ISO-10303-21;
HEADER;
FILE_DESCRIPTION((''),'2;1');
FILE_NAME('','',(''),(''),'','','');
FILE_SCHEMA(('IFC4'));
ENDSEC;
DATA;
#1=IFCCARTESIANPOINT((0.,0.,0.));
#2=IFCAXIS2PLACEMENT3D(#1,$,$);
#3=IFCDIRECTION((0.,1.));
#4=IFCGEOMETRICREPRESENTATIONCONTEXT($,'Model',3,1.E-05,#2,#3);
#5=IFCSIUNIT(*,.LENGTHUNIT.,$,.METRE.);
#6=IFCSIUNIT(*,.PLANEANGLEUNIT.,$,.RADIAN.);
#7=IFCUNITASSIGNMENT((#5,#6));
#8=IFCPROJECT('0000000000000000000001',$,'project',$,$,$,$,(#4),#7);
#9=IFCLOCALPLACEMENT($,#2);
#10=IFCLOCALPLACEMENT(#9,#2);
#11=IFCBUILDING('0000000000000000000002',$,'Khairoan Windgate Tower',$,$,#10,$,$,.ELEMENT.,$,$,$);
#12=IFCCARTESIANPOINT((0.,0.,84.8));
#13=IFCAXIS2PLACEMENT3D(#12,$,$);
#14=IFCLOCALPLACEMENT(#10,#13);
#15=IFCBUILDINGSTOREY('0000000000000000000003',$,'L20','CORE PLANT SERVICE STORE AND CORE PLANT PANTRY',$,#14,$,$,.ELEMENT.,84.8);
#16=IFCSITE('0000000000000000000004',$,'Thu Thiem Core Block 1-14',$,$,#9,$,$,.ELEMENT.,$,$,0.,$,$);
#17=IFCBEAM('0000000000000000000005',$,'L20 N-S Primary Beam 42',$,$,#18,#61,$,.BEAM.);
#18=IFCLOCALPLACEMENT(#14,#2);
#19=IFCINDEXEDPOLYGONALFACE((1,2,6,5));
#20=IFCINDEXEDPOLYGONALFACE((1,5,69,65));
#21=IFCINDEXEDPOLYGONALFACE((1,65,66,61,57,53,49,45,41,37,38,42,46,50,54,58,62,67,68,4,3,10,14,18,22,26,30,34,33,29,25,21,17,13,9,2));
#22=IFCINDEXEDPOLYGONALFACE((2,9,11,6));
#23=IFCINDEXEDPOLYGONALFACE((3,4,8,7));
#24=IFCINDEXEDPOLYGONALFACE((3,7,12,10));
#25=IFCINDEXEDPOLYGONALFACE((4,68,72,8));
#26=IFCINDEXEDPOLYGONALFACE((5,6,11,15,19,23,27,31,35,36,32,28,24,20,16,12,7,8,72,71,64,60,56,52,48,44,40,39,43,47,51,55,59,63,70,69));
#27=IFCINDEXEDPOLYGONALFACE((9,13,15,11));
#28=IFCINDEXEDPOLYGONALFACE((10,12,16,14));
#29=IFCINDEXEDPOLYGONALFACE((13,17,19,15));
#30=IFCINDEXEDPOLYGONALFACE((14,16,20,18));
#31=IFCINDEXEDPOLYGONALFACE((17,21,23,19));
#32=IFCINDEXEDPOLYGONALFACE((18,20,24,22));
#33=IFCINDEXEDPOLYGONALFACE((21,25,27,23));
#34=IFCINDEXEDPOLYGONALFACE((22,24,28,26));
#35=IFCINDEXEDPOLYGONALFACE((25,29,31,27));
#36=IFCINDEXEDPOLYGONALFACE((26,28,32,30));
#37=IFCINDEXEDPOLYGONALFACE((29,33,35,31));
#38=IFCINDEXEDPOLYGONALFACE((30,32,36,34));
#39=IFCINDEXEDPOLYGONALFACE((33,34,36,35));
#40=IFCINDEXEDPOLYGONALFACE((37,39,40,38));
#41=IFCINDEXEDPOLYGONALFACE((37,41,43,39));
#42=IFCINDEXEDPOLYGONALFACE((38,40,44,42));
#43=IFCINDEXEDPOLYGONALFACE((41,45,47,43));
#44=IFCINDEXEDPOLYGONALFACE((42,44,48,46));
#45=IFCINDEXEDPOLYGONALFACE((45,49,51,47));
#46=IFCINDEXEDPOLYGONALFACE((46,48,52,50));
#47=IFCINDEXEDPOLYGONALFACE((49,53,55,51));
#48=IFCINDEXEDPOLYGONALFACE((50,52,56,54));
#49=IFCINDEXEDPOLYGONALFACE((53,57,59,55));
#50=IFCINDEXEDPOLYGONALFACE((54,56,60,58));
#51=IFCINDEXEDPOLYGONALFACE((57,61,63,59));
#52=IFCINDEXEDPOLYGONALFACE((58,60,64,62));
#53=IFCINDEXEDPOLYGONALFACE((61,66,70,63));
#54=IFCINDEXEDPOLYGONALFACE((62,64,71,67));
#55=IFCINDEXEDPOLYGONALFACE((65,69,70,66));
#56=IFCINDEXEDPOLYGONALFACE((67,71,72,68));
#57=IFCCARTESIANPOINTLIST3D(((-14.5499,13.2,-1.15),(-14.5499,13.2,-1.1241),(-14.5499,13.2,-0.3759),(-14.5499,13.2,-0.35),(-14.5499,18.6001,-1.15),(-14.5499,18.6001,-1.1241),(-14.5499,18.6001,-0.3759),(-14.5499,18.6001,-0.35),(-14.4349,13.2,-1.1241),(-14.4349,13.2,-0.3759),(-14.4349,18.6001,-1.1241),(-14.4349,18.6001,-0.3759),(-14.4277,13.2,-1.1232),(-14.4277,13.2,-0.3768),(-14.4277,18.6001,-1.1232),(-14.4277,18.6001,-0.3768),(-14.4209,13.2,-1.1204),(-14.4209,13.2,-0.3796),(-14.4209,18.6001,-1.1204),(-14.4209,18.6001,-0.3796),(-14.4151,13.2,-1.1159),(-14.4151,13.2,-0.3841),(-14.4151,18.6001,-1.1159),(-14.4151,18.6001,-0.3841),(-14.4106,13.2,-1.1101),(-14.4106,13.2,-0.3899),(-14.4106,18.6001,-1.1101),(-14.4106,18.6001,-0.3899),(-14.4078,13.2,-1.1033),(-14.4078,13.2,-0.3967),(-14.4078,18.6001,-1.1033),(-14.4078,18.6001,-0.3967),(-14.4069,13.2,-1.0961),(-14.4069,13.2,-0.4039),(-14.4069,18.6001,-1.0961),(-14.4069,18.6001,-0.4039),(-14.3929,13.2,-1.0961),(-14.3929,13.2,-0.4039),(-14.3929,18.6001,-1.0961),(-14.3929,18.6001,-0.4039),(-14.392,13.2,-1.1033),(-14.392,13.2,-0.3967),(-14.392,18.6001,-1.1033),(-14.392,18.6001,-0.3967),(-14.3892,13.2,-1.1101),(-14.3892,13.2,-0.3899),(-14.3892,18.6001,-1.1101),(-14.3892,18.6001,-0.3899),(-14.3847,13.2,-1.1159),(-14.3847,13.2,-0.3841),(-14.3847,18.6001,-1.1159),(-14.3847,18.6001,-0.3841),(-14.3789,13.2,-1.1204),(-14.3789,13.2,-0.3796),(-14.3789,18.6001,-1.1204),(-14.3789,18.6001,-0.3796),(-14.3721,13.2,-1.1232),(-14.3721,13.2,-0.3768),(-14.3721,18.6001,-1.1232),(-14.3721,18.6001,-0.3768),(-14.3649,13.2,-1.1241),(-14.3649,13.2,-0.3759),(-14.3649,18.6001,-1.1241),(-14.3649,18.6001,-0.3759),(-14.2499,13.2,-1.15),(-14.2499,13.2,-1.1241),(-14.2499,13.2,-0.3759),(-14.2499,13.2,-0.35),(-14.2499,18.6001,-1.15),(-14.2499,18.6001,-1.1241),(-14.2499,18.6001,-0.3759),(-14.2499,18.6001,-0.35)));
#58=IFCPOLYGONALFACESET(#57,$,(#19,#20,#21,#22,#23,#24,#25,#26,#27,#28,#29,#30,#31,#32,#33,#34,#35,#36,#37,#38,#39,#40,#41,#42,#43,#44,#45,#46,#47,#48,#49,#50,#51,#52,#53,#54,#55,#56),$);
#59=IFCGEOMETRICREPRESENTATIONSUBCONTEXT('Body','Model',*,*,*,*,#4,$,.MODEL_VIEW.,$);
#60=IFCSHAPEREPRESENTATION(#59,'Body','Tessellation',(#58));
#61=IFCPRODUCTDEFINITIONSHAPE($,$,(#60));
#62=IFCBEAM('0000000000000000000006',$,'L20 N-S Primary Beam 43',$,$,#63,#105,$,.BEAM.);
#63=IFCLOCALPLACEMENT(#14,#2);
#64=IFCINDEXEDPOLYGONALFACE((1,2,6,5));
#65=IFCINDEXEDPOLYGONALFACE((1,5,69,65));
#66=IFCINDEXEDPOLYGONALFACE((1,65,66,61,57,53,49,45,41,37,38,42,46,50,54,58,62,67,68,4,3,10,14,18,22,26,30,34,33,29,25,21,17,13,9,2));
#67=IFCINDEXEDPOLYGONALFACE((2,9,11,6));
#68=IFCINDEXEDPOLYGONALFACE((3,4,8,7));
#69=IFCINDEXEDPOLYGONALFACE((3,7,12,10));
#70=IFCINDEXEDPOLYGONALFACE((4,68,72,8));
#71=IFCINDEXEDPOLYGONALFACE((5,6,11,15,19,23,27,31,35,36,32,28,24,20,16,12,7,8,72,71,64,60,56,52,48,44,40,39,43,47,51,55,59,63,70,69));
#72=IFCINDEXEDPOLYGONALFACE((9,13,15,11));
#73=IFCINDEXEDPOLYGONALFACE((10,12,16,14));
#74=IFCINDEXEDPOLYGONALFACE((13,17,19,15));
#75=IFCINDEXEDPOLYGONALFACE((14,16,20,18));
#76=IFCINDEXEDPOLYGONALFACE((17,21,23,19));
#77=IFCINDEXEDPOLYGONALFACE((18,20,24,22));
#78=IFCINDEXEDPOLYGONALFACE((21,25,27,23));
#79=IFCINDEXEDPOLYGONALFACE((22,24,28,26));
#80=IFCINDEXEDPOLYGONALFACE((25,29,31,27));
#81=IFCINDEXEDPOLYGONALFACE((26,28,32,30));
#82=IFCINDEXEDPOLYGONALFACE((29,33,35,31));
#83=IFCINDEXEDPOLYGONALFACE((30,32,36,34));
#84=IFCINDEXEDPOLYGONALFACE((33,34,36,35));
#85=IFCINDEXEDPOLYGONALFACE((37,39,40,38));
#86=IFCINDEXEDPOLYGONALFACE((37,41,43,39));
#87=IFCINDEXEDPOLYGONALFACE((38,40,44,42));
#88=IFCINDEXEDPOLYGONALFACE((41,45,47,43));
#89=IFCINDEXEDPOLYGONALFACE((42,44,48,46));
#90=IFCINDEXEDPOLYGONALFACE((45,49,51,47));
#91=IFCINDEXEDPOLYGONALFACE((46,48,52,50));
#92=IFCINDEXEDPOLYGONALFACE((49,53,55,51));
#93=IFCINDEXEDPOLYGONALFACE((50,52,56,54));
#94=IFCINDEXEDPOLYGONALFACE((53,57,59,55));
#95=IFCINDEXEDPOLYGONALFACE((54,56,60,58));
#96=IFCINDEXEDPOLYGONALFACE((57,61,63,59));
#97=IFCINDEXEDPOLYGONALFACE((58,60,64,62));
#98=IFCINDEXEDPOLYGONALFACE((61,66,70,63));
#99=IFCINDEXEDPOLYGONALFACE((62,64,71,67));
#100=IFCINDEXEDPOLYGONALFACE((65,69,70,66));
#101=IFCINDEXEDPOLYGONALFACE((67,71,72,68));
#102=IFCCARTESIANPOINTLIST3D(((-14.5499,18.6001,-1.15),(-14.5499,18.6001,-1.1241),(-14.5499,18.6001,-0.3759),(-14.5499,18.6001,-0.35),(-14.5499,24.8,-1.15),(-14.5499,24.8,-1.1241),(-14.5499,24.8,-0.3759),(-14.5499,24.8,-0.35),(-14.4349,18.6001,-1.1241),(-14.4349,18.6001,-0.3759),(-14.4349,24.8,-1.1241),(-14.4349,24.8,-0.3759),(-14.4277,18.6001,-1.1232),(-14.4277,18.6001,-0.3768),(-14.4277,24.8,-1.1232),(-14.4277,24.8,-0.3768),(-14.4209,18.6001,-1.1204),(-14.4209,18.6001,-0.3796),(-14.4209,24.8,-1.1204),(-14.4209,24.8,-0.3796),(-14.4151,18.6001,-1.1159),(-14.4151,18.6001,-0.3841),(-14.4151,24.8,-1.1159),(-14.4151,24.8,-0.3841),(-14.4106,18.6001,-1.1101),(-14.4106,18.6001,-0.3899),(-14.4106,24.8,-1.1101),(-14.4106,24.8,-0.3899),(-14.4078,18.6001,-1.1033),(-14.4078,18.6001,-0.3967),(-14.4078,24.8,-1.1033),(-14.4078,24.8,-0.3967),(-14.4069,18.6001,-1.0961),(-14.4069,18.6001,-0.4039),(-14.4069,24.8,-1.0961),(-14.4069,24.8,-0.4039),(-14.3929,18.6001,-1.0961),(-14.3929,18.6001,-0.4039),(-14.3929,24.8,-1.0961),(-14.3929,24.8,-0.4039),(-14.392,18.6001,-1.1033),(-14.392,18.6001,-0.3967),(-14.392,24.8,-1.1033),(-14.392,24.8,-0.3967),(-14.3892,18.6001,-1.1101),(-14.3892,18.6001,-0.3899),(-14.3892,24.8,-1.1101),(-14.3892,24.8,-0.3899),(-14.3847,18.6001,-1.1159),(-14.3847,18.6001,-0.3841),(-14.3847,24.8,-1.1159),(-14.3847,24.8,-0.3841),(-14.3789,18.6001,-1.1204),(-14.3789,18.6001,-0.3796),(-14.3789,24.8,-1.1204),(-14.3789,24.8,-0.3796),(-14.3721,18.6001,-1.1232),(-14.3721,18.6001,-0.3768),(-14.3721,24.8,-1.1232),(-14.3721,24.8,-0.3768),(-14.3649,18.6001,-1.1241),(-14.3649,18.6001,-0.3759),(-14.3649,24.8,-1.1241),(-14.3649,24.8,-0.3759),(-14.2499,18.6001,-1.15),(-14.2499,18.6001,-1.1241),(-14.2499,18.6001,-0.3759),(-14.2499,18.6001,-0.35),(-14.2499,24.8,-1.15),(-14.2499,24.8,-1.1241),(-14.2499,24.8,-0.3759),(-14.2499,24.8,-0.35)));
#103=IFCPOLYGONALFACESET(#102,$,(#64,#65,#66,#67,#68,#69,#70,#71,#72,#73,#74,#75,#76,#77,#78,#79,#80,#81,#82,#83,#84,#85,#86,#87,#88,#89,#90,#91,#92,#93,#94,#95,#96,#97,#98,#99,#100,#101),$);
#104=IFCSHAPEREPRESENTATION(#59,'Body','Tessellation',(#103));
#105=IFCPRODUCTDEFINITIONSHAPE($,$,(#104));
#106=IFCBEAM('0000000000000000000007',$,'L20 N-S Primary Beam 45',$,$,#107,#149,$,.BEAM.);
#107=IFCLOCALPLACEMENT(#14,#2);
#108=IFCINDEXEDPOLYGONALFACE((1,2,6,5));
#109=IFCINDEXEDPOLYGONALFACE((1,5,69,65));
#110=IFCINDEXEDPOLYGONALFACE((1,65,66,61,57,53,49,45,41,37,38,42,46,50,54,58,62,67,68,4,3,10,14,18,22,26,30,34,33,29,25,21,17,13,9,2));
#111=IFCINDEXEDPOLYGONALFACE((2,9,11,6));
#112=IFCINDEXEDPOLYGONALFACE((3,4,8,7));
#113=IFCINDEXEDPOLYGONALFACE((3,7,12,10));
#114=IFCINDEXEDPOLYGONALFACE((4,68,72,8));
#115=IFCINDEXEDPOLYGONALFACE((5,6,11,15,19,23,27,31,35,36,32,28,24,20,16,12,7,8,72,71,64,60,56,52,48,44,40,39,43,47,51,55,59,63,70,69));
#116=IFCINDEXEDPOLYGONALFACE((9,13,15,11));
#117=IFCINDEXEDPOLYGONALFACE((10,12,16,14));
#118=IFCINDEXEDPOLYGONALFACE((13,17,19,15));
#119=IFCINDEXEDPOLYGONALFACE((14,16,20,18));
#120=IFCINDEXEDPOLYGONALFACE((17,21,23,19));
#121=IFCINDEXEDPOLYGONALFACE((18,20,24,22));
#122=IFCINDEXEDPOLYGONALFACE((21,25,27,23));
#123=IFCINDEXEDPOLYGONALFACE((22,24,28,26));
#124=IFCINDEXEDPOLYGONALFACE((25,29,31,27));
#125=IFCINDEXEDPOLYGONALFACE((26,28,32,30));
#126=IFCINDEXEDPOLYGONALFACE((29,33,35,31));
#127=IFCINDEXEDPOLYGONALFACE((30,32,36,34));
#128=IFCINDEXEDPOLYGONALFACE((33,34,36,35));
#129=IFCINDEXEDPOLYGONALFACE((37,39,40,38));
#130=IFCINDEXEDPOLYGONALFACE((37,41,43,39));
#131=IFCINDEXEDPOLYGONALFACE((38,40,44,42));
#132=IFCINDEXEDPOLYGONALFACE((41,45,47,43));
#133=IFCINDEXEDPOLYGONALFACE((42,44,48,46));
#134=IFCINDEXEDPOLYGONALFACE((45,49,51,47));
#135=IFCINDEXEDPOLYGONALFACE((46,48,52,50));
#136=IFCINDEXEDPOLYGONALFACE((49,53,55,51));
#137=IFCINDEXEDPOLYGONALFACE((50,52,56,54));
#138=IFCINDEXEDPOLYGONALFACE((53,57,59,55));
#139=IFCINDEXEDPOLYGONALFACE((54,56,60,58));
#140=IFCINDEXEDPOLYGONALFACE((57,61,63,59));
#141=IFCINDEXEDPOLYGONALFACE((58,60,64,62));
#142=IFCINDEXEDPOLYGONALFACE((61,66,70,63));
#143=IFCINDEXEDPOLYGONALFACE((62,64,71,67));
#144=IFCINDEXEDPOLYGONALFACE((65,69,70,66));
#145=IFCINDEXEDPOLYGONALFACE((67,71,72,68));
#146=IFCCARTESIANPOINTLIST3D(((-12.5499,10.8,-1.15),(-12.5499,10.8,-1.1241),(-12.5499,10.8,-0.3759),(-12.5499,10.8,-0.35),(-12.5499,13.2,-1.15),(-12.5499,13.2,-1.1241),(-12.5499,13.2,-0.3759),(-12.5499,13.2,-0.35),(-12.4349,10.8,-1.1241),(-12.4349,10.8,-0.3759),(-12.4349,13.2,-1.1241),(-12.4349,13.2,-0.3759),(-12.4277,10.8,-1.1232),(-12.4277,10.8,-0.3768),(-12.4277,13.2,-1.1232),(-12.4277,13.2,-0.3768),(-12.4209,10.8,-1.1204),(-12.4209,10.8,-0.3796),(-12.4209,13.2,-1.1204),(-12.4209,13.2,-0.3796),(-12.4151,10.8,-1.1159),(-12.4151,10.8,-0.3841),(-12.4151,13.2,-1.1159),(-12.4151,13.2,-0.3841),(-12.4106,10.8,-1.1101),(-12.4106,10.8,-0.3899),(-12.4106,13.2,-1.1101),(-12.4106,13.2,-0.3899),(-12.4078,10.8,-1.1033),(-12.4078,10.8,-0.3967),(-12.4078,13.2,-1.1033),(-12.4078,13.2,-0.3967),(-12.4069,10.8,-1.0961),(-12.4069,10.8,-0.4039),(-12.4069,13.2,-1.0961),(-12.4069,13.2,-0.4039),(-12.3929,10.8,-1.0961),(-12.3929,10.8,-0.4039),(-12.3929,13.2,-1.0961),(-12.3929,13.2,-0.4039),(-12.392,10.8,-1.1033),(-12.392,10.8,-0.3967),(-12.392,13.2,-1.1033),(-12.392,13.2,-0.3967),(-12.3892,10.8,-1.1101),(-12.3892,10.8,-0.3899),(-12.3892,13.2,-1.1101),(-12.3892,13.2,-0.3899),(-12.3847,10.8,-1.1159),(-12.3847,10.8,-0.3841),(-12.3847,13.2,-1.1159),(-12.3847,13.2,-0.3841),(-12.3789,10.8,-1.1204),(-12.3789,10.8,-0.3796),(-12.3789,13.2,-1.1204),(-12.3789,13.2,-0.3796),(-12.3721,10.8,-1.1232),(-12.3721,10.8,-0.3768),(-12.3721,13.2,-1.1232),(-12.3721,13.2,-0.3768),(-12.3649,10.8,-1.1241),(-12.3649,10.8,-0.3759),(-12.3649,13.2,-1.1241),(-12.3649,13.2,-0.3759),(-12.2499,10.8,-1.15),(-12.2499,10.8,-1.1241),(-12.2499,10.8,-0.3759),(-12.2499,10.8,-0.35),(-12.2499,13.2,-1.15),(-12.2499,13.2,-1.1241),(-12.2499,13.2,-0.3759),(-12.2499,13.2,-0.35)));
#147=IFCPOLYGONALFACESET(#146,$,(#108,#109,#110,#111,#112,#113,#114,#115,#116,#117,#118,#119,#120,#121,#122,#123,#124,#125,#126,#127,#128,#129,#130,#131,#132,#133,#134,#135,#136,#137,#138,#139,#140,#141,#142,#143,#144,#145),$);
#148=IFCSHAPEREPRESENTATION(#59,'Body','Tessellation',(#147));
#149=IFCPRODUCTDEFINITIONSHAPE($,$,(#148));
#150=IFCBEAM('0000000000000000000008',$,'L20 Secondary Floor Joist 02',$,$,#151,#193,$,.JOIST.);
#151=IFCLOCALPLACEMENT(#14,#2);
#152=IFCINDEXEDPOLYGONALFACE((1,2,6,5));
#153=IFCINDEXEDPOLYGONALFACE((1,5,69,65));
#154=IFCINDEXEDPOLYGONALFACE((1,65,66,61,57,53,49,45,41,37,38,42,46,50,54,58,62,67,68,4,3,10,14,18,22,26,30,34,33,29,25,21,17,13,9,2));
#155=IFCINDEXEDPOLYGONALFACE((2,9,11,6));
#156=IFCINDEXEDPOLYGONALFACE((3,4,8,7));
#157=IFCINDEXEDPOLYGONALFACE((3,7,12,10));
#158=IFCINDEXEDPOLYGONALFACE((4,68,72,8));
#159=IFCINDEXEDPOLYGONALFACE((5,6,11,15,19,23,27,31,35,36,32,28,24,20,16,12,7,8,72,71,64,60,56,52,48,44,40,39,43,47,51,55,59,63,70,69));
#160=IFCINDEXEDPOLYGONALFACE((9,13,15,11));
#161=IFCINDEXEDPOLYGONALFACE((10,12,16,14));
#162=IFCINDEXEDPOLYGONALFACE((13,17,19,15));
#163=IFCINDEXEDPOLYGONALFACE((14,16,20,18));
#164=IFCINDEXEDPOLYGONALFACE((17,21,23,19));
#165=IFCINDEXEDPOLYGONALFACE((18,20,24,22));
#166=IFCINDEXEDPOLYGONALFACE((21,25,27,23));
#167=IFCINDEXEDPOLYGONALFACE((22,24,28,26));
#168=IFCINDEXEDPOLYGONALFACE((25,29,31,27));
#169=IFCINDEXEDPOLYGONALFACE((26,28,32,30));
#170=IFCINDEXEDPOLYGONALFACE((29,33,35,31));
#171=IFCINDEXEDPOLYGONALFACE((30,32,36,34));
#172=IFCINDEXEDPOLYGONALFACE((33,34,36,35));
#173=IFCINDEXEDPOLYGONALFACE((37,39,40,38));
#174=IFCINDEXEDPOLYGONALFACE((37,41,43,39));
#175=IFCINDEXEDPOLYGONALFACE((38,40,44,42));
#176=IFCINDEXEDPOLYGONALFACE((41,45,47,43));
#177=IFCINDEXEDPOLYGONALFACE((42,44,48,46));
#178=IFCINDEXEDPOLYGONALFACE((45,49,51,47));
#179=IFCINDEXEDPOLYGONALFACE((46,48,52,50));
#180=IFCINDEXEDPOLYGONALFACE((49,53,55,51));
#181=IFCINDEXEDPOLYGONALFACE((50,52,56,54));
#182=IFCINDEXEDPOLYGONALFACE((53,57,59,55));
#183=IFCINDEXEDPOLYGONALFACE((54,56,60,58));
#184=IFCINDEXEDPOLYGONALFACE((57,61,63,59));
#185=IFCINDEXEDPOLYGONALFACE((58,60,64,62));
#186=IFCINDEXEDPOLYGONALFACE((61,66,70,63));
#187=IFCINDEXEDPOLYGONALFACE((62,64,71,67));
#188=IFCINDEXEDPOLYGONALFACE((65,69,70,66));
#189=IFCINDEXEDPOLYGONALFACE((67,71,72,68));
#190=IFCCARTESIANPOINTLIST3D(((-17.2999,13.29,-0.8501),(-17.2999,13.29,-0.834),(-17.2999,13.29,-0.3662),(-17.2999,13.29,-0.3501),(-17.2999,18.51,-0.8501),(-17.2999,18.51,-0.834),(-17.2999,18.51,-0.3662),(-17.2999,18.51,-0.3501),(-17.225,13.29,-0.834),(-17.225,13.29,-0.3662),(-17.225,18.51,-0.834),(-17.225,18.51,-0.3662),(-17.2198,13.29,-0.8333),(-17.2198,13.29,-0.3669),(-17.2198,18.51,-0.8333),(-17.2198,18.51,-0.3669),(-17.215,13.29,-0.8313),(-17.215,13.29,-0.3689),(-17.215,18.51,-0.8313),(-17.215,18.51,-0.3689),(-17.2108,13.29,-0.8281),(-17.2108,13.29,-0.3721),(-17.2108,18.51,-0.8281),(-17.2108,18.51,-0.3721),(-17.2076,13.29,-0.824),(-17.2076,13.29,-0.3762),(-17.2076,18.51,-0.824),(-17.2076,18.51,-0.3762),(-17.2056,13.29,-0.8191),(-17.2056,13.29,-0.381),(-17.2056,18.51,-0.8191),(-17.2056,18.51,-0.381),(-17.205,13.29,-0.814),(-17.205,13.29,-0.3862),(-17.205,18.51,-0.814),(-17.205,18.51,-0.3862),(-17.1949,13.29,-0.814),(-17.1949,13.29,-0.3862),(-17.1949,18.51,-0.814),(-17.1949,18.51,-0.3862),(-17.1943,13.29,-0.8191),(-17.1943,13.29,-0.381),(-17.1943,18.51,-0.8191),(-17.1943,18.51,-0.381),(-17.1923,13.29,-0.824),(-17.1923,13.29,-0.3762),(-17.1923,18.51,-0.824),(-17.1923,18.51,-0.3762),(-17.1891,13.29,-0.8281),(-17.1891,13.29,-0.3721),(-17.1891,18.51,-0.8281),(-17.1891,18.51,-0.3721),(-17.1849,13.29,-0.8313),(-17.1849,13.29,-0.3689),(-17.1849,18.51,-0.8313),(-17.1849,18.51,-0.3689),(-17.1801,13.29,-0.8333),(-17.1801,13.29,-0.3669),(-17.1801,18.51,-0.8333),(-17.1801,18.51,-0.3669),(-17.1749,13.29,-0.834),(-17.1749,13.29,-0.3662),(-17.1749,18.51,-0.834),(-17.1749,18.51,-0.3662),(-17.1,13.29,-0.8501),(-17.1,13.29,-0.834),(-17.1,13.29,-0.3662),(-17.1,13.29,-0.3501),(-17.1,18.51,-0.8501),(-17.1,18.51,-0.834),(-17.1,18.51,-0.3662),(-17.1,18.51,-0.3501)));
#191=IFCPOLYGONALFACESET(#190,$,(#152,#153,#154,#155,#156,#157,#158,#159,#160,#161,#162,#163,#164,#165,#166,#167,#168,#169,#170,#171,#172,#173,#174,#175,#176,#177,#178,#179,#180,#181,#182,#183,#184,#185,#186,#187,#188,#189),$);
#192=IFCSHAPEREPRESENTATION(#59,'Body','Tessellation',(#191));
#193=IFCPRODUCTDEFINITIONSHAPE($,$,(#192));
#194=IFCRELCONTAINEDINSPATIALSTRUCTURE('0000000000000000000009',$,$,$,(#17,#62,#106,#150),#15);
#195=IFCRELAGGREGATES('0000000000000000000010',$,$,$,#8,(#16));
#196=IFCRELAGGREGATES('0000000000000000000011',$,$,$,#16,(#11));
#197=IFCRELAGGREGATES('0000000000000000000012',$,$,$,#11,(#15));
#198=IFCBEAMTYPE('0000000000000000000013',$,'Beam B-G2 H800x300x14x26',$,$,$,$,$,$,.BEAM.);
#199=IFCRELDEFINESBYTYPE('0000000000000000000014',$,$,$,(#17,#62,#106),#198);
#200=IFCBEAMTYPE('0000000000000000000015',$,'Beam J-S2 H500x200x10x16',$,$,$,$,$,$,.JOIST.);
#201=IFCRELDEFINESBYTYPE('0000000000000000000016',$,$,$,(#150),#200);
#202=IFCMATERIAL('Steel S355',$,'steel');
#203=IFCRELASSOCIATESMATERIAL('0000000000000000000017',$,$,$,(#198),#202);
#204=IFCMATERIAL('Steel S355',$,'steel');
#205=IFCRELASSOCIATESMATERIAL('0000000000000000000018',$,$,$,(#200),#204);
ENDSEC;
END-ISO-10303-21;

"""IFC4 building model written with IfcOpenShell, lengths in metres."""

from ifc_helpers import new_model, si_unit, direction, frame, origin, origin_2d, place, context, subcontext, project, spatial, i_section, extrude, material, material_profile, profile_set, type_object, element, save


model = new_model("IFC4")

# Units and contexts
model_context = context("Model", 3, precision=1e-05, world=origin(), true_north=direction((0.0, 1.0)))
body_context = subcontext(model_context, "Body", "Model", "MODEL_VIEW")
ifc_project = project(units=[si_unit("LENGTHUNIT", "METRE"), si_unit("PLANEANGLEUNIT", "RADIAN")], contexts=[model_context])

# Site, building, storey
site_placement = place(None, origin())
site = spatial("IfcSite", under=ifc_project, at=site_placement, Name="Thu Thiem Core Block 1-14", CompositionType="ELEMENT", RefElevation=0.0)
building_placement = place(site_placement, origin())
building = spatial("IfcBuilding", under=site, at=building_placement, Name="Khairoan Windgate Tower", CompositionType="ELEMENT")
storey_placement = place(building_placement, frame((0.0, 0.0, 84.8)))
storey = spatial("IfcBuildingStorey", under=building, at=storey_placement, Name="L20", Description="CORE PLANT SERVICE STORE AND CORE PLANT PANTRY", CompositionType="ELEMENT", Elevation=84.8)

# Beams
ifc_material_1 = material(Name="Steel S355", Category="steel")
ifc_material_profile_1 = material_profile(ifc_material_1, i_section(OverallWidth=0.3, OverallDepth=0.8, WebThickness=0.0139, FlangeThickness=0.0259, FilletRadius=0.0281, at=origin_2d()))
ifc_profile_set_1 = profile_set([ifc_material_profile_1], Name="Steel S355")
beam_type_1 = type_object("IfcBeamType", Name="Beam B-G2 H800x300x14x26", PredefinedType="BEAM", material=ifc_profile_set_1)
beam_1_placement = place(storey_placement, frame((-14.3999, 13.2, -0.75), z_axis=(0.0, 1.0, 0.0), x_axis=(-1.0, 0.0, 0.0)))
element("IfcBeam", 1, at=beam_1_placement, inside=storey, type_object=beam_type_1, Name="L20 N-S Primary Beam 42", PredefinedType="BEAM", context=body_context, shape_type="SweptSolid", body=[
    extrude(i_section(OverallWidth=0.3, OverallDepth=0.8, WebThickness=0.0139, FlangeThickness=0.0259, FilletRadius=0.0281, at=origin_2d()), origin(), (0.0, 0.0, 1.0), 5.4001),
])
beam_2_placement = place(storey_placement, frame((-14.3999, 18.6001, -0.75), z_axis=(0.0, 1.0, 0.0), x_axis=(-1.0, 0.0, 0.0)))
element("IfcBeam", 2, at=beam_2_placement, inside=storey, type_object=beam_type_1, Name="L20 N-S Primary Beam 43", PredefinedType="BEAM", context=body_context, shape_type="SweptSolid", body=[
    extrude(i_section(OverallWidth=0.3, OverallDepth=0.8, WebThickness=0.0139, FlangeThickness=0.0259, FilletRadius=0.0281, at=origin_2d()), origin(), (0.0, 0.0, 1.0), 6.2),
])
beam_3_placement = place(storey_placement, frame((-12.3999, 10.8, -0.75), z_axis=(0.0, 1.0, 0.0), x_axis=(-1.0, 0.0, 0.0)))
element("IfcBeam", 3, at=beam_3_placement, inside=storey, type_object=beam_type_1, Name="L20 N-S Primary Beam 45", PredefinedType="BEAM", context=body_context, shape_type="SweptSolid", body=[
    extrude(i_section(OverallWidth=0.3, OverallDepth=0.8, WebThickness=0.0139, FlangeThickness=0.0259, FilletRadius=0.0281, at=origin_2d()), origin(), (0.0, 0.0, 1.0), 2.3999),
])
ifc_material_2 = material(Name="Steel S355", Category="steel")
ifc_material_profile_2 = material_profile(ifc_material_2, i_section(OverallWidth=0.2, OverallDepth=0.5, WebThickness=0.01, FlangeThickness=0.0161, FilletRadius=0.02, at=origin_2d()))
ifc_profile_set_2 = profile_set([ifc_material_profile_2], Name="Steel S355")
beam_type_2 = type_object("IfcBeamType", Name="Beam J-S2 H500x200x10x16", PredefinedType="JOIST", material=ifc_profile_set_2)
beam_4_placement = place(storey_placement, frame((-17.2, 13.29, -0.6001), z_axis=(0.0, 1.0, 0.0), x_axis=(-1.0, 0.0, 0.0)))
element("IfcBeam", 4, at=beam_4_placement, inside=storey, type_object=beam_type_2, Name="L20 Secondary Floor Joist 02", PredefinedType="JOIST", context=body_context, shape_type="SweptSolid", body=[
    extrude(i_section(OverallWidth=0.2, OverallDepth=0.5, WebThickness=0.01, FlangeThickness=0.0161, FilletRadius=0.02, at=origin_2d()), origin(), (0.0, 0.0, 1.0), 5.22),
])

save(model, "model.ifc")
